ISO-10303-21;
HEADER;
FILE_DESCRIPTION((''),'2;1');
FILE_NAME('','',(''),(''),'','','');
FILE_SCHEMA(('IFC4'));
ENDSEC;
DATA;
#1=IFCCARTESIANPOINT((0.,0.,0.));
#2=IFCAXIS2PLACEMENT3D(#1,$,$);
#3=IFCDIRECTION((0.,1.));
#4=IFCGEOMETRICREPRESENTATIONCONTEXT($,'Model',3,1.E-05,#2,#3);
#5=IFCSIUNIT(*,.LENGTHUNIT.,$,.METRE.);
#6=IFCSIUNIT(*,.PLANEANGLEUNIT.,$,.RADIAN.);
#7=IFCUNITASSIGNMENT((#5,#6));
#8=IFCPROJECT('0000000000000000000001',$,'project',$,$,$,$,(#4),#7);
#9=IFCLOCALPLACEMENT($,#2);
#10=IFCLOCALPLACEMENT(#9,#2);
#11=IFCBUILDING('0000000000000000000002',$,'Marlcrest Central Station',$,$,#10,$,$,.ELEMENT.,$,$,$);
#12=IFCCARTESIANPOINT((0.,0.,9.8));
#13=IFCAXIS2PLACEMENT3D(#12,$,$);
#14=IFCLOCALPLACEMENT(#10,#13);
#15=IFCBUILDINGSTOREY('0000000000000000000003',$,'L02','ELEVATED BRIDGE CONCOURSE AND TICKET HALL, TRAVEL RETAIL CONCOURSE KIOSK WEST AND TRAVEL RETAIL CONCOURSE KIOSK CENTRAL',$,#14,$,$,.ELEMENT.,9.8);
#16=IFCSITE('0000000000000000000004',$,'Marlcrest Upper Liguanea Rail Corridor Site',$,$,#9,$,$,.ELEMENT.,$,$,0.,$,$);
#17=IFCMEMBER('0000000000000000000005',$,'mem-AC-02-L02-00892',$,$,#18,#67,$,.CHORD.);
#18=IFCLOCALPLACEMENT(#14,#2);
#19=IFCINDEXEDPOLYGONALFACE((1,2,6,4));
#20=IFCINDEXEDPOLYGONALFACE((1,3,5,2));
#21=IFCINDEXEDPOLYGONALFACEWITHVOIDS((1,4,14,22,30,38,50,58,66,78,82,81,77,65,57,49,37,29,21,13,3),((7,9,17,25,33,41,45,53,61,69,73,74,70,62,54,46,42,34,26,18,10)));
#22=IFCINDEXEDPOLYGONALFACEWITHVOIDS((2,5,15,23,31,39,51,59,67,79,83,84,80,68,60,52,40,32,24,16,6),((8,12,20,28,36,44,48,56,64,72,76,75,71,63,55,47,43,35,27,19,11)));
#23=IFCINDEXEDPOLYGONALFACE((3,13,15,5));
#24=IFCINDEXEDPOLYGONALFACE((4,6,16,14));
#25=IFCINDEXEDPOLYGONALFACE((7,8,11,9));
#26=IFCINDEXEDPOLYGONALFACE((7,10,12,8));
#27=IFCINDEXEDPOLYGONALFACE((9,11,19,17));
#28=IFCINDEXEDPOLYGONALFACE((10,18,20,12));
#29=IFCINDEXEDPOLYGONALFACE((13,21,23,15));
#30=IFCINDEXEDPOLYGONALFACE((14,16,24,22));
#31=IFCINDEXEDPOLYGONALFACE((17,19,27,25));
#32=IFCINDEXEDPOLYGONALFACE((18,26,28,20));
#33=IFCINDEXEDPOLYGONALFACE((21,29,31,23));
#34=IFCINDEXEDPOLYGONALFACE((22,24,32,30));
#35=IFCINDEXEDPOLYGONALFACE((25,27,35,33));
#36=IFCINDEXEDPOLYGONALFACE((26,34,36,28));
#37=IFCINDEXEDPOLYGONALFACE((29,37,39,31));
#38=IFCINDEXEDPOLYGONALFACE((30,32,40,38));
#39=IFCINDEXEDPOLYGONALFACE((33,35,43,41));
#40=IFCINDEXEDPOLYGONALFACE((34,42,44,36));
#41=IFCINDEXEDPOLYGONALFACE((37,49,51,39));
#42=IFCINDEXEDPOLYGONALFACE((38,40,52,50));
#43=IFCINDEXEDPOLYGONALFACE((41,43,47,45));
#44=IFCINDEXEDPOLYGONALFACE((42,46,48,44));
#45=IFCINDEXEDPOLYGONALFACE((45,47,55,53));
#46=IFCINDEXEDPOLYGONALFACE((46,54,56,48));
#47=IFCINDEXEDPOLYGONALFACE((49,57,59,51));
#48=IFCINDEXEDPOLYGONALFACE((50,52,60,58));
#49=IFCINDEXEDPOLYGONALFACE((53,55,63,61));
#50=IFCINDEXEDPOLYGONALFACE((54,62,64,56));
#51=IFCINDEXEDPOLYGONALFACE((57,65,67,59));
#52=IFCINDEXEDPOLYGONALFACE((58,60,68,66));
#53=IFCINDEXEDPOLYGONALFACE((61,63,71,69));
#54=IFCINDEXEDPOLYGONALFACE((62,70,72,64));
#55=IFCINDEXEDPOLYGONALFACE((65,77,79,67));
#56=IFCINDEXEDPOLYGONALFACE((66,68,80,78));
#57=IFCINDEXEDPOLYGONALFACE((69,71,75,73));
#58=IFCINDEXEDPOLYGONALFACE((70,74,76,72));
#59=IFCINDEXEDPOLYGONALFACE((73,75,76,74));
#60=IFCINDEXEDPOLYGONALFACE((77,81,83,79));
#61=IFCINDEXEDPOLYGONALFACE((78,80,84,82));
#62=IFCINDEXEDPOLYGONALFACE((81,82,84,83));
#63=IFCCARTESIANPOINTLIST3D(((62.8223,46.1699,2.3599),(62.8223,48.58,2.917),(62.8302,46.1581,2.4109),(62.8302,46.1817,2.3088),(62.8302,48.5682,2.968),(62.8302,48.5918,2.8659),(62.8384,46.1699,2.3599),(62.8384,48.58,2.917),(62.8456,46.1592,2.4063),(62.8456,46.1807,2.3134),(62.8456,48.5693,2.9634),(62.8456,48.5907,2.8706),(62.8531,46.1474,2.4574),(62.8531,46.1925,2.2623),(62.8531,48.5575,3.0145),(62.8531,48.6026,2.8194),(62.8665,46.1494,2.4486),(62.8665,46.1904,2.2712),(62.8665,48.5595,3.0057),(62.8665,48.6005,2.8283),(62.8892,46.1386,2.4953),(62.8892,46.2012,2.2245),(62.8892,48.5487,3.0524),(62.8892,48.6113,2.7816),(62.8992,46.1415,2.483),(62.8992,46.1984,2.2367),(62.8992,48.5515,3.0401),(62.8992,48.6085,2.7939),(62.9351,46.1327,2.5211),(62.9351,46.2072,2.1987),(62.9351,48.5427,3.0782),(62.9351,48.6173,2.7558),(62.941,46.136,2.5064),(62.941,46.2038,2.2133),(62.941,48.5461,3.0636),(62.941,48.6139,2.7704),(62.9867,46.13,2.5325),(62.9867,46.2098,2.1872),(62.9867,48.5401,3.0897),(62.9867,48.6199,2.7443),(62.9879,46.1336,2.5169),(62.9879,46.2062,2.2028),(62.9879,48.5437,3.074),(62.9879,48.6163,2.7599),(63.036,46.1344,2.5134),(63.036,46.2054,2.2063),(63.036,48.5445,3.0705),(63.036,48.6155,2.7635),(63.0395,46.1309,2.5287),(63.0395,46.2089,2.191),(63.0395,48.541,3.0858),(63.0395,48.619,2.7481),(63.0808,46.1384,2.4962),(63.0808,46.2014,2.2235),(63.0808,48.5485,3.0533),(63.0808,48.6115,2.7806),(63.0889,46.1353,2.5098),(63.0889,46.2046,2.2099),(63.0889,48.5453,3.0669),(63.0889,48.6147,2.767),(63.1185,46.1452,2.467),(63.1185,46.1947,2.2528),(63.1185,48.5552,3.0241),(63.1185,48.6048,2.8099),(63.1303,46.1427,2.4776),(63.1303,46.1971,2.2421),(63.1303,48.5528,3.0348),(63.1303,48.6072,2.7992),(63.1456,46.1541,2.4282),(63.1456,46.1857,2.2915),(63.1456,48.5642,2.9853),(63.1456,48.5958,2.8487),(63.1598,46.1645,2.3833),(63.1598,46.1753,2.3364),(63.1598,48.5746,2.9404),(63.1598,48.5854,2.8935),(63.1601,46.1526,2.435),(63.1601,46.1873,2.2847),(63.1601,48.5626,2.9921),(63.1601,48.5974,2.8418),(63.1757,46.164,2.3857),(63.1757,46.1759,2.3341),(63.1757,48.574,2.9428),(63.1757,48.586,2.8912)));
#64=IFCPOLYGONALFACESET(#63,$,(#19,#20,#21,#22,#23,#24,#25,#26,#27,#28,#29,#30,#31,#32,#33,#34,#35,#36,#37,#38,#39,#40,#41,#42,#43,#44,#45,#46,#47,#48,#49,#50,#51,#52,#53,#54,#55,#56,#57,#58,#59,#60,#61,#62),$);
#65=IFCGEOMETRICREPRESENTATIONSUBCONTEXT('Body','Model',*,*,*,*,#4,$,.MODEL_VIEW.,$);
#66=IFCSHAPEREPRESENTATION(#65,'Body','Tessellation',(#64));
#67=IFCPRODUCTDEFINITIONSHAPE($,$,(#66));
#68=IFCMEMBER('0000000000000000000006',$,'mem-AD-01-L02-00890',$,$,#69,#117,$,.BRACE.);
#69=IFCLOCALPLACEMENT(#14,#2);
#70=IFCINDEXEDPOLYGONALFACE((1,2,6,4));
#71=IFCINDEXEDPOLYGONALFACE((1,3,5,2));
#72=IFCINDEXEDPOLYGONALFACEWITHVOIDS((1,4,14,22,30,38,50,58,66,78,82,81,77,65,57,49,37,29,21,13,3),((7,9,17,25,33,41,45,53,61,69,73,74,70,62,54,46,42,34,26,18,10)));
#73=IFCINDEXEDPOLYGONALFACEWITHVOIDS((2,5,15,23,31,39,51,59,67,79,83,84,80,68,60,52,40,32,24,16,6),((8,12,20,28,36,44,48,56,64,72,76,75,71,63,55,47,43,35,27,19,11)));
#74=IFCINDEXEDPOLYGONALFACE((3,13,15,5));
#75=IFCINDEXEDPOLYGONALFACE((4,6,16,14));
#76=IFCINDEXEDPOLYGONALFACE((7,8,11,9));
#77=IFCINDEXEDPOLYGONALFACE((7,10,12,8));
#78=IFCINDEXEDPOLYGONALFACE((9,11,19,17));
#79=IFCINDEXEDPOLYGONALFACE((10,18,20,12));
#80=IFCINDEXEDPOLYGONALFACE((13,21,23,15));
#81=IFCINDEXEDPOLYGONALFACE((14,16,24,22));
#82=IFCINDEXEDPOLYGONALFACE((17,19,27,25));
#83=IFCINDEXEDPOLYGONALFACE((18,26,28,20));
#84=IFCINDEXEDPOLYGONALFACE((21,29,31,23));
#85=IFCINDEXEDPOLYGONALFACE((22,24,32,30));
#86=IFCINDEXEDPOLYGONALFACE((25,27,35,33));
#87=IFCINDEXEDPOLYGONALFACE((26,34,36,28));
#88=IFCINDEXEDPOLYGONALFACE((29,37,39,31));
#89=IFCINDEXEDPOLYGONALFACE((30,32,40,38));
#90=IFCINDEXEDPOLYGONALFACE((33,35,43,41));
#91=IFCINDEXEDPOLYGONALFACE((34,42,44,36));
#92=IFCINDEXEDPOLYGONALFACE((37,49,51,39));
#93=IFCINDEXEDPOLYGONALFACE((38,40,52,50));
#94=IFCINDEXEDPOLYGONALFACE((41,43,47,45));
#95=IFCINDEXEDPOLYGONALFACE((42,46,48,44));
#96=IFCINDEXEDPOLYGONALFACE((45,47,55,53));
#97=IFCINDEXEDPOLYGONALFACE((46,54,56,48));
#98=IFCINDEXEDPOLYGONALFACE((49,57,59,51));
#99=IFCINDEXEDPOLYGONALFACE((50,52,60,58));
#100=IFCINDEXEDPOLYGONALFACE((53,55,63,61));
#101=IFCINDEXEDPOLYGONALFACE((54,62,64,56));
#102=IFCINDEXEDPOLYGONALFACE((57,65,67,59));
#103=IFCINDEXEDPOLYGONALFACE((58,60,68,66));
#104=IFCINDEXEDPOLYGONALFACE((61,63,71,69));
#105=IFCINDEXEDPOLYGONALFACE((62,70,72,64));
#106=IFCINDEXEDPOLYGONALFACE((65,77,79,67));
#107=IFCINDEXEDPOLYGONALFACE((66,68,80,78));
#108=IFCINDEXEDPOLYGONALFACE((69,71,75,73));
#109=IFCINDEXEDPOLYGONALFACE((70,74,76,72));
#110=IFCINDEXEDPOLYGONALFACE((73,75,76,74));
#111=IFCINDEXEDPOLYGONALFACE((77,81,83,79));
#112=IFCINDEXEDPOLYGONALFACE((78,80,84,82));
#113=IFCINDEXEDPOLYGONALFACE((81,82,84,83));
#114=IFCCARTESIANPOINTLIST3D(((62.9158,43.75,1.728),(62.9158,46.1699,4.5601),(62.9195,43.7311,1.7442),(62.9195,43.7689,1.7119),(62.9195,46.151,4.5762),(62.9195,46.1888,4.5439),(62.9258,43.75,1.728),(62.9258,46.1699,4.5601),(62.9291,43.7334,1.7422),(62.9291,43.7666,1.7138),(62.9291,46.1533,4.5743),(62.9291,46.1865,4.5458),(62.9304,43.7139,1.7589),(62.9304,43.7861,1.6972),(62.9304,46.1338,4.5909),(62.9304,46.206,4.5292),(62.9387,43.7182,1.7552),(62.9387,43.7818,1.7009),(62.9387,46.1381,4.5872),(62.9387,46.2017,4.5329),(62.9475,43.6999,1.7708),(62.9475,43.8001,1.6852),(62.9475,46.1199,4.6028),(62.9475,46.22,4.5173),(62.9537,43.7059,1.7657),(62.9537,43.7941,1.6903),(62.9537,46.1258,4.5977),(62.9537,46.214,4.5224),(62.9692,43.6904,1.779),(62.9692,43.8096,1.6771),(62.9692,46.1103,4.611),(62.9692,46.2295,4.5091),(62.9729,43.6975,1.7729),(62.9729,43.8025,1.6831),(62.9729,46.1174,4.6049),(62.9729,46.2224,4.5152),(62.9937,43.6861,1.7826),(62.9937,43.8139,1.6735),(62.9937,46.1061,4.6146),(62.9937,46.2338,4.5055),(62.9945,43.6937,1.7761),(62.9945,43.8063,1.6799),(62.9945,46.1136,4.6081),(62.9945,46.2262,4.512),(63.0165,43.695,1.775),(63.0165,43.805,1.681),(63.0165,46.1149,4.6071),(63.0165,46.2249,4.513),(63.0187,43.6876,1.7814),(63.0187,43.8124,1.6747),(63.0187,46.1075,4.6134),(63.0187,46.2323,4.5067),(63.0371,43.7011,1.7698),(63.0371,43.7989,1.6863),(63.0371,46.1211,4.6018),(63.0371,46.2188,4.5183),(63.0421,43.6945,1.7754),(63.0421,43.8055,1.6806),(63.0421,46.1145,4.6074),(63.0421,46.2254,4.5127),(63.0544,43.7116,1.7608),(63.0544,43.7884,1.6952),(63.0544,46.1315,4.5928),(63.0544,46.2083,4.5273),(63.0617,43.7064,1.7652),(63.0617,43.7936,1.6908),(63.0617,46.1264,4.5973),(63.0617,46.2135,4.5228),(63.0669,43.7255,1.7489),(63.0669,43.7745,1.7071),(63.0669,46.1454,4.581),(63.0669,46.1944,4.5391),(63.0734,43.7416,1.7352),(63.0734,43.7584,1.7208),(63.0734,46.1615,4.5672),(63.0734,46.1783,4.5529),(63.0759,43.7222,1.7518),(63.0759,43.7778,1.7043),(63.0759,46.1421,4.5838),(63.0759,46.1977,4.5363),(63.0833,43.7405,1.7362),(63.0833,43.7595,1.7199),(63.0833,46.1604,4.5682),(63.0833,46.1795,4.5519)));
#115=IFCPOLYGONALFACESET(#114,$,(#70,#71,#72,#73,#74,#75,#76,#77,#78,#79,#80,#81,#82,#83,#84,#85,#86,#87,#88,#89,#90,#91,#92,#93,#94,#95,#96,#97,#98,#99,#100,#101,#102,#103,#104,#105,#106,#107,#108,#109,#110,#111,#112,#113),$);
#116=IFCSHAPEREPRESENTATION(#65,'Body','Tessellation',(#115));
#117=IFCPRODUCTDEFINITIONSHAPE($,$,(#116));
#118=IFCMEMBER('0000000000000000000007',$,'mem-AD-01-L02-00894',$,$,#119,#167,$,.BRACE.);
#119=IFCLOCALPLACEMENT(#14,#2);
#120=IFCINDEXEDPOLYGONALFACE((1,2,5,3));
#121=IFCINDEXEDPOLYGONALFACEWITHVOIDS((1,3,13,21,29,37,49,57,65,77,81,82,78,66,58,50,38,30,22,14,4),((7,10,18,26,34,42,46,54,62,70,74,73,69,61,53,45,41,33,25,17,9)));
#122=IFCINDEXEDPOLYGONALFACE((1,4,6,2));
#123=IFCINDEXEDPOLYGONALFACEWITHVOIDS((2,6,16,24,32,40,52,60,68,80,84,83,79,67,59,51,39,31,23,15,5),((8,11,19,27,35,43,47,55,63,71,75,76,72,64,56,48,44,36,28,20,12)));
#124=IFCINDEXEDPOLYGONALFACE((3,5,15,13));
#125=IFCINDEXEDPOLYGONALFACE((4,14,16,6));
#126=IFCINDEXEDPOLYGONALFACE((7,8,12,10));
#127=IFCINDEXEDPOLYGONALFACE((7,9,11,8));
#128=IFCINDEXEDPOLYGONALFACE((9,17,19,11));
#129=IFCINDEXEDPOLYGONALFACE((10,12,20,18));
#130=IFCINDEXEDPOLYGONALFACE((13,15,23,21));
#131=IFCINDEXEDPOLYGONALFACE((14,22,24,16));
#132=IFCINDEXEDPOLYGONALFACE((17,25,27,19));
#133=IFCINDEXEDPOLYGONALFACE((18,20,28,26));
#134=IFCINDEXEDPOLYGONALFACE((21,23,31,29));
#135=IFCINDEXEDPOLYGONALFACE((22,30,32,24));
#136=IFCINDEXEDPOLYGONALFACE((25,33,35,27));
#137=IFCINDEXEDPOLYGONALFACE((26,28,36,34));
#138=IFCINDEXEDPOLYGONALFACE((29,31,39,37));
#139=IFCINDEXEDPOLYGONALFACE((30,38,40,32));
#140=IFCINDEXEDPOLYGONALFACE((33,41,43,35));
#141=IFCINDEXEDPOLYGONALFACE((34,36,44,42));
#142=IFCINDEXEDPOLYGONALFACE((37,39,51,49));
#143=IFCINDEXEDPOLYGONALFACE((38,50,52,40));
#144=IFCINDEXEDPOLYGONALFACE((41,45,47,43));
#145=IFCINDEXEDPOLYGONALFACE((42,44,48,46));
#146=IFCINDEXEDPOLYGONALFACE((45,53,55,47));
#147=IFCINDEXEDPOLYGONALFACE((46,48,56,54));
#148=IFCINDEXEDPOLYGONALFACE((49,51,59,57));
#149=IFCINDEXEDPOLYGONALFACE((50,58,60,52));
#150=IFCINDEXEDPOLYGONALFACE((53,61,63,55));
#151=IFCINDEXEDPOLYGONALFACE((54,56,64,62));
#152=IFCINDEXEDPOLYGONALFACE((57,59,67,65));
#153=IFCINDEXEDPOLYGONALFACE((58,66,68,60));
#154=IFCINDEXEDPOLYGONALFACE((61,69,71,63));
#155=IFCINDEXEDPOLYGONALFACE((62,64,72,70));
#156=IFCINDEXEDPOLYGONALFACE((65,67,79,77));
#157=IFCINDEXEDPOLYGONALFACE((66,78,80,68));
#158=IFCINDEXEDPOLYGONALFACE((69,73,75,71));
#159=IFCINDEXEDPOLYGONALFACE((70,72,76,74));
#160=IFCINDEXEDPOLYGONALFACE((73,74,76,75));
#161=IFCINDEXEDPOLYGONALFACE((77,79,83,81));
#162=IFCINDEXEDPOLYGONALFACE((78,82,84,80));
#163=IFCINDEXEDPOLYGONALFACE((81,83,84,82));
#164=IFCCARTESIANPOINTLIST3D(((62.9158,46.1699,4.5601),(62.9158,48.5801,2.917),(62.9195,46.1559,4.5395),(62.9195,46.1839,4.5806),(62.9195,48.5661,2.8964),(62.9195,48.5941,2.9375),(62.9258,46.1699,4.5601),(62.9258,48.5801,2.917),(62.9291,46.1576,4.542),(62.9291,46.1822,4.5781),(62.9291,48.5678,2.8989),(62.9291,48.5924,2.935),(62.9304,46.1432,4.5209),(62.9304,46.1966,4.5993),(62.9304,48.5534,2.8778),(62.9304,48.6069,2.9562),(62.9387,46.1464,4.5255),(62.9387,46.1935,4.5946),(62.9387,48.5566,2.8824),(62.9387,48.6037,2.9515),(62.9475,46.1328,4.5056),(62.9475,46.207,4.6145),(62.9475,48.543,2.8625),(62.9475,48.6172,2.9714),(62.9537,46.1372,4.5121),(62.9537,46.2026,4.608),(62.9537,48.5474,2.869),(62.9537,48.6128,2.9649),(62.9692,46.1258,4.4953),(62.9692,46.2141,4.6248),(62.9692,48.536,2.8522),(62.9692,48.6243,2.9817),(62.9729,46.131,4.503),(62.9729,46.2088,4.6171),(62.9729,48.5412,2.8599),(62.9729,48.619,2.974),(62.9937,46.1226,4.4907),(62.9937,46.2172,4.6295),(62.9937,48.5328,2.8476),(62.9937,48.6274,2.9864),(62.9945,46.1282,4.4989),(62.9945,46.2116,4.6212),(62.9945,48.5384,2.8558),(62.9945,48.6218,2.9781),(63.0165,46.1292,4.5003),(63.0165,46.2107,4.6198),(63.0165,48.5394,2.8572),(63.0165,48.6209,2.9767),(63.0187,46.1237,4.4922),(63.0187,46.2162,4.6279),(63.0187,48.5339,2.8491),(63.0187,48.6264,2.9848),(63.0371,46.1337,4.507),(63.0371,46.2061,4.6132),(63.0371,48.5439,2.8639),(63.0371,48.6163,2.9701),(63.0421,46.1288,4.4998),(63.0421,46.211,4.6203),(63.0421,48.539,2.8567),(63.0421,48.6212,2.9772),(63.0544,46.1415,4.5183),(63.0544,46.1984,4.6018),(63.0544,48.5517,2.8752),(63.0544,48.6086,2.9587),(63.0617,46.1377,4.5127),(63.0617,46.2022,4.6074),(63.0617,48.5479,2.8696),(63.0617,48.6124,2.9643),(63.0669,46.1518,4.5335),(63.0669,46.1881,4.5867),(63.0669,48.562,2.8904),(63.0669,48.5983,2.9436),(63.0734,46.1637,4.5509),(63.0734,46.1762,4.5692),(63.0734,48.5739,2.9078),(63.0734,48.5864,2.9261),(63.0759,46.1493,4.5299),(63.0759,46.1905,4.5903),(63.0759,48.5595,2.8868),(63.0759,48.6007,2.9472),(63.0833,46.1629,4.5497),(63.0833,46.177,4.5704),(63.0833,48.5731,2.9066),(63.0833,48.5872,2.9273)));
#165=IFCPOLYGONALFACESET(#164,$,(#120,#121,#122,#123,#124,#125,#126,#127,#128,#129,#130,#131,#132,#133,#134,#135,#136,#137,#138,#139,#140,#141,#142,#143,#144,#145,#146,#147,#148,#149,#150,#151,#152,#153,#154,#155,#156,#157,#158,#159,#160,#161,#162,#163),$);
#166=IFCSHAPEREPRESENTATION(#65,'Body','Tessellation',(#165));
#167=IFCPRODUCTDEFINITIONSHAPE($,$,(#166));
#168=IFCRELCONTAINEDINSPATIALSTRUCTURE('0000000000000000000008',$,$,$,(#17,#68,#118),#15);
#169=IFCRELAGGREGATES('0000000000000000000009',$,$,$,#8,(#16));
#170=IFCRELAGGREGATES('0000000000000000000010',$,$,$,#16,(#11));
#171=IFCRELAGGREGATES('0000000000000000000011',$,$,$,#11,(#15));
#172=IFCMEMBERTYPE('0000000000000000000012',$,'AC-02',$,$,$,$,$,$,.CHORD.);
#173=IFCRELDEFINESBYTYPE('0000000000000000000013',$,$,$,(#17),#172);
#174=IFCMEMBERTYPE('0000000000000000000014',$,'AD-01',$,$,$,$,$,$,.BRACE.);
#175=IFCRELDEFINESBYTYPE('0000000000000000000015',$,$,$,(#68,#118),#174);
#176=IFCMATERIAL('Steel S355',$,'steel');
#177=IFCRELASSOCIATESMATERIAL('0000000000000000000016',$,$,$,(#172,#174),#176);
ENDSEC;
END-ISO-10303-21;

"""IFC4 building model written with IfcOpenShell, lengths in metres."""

from ifc_helpers import new_model, si_unit, direction, frame, origin, origin_2d, place, context, subcontext, project, spatial, hollow_circle, extrude, material, material_profile, profile_set, type_object, element, save


model = new_model("IFC4")

# Units and contexts
model_context = context("Model", 3, precision=1e-05, world=origin(), true_north=direction((0.0, 1.0)))
body_context = subcontext(model_context, "Body", "Model", "MODEL_VIEW")
ifc_project = project(units=[si_unit("LENGTHUNIT", "METRE"), si_unit("PLANEANGLEUNIT", "RADIAN")], contexts=[model_context])

# Site, building, storey
site_placement = place(None, origin())
site = spatial("IfcSite", under=ifc_project, at=site_placement, Name="Marlcrest Upper Liguanea Rail Corridor Site", CompositionType="ELEMENT", RefElevation=0.0)
building_placement = place(site_placement, origin())
building = spatial("IfcBuilding", under=site, at=building_placement, Name="Marlcrest Central Station", CompositionType="ELEMENT")
storey_placement = place(building_placement, frame((0.0, 0.0, 9.8)))
storey = spatial("IfcBuildingStorey", under=building, at=storey_placement, Name="L02", Description="ELEVATED BRIDGE CONCOURSE AND TICKET HALL, TRAVEL RETAIL CONCOURSE KIOSK WEST AND TRAVEL RETAIL CONCOURSE KIOSK CENTRAL", CompositionType="ELEMENT", Elevation=9.8)

# Members
ifc_material_1 = material(Name="Steel S355", Category="steel")
ifc_material_profile_1 = material_profile(ifc_material_1, hollow_circle(Radius=0.1777, WallThickness=0.0161, at=origin_2d()), Name="CHS 355.6x16")
ifc_profile_set_1 = profile_set([ifc_material_profile_1], Name="Steel S355")
member_type_1 = type_object("IfcMemberType", Name="AC-02", PredefinedType="CHORD", material=ifc_profile_set_1)
member_1_placement = place(storey_placement, frame((63.0, 46.1699, 2.3599), z_axis=(0.0, 0.974308, 0.22522), x_axis=(-1.0, 0.0, 0.0)))
element("IfcMember", 1, at=member_1_placement, inside=storey, type_object=member_type_1, Name="mem-AC-02-L02-00892", PredefinedType="CHORD", context=body_context, shape_type="SweptSolid", body=[
    extrude(hollow_circle(Radius=0.1777, WallThickness=0.0161, at=origin_2d()), origin(), (0.0, 0.0, 1.0), 2.4736),
])
ifc_material_profile_2 = material_profile(ifc_material_1, hollow_circle(Radius=0.0842, WallThickness=0.01, at=origin_2d()), Name="CHS 168.3x10")
ifc_profile_set_2 = profile_set([ifc_material_profile_2], Name="Steel S355")
member_type_2 = type_object("IfcMemberType", Name="AD-01", PredefinedType="BRACE", material=ifc_profile_set_2)
member_2_placement = place(storey_placement, frame((63.0, 43.75, 1.728), z_axis=(0.0, 0.649625, 0.760255), x_axis=(-1.0, 0.0, 0.0)))
element("IfcMember", 2, at=member_2_placement, inside=storey, type_object=member_type_2, Name="mem-AD-01-L02-00890", PredefinedType="BRACE", context=body_context, shape_type="SweptSolid", body=[
    extrude(hollow_circle(Radius=0.0842, WallThickness=0.01, at=origin_2d()), origin(), (0.0, 0.0, 1.0), 3.7251),
])
member_3_placement = place(storey_placement, frame((63.0, 46.1699, 4.5601), z_axis=(0.0, 0.826263, -0.563285), x_axis=(-1.0, 0.0, 0.0)))
element("IfcMember", 3, at=member_3_placement, inside=storey, type_object=member_type_2, Name="mem-AD-01-L02-00894", PredefinedType="BRACE", context=body_context, shape_type="SweptSolid", body=[
    extrude(hollow_circle(Radius=0.0842, WallThickness=0.01, at=origin_2d()), origin(), (0.0, 0.0, 1.0), 2.917),
])

save(model, "model.ifc")
